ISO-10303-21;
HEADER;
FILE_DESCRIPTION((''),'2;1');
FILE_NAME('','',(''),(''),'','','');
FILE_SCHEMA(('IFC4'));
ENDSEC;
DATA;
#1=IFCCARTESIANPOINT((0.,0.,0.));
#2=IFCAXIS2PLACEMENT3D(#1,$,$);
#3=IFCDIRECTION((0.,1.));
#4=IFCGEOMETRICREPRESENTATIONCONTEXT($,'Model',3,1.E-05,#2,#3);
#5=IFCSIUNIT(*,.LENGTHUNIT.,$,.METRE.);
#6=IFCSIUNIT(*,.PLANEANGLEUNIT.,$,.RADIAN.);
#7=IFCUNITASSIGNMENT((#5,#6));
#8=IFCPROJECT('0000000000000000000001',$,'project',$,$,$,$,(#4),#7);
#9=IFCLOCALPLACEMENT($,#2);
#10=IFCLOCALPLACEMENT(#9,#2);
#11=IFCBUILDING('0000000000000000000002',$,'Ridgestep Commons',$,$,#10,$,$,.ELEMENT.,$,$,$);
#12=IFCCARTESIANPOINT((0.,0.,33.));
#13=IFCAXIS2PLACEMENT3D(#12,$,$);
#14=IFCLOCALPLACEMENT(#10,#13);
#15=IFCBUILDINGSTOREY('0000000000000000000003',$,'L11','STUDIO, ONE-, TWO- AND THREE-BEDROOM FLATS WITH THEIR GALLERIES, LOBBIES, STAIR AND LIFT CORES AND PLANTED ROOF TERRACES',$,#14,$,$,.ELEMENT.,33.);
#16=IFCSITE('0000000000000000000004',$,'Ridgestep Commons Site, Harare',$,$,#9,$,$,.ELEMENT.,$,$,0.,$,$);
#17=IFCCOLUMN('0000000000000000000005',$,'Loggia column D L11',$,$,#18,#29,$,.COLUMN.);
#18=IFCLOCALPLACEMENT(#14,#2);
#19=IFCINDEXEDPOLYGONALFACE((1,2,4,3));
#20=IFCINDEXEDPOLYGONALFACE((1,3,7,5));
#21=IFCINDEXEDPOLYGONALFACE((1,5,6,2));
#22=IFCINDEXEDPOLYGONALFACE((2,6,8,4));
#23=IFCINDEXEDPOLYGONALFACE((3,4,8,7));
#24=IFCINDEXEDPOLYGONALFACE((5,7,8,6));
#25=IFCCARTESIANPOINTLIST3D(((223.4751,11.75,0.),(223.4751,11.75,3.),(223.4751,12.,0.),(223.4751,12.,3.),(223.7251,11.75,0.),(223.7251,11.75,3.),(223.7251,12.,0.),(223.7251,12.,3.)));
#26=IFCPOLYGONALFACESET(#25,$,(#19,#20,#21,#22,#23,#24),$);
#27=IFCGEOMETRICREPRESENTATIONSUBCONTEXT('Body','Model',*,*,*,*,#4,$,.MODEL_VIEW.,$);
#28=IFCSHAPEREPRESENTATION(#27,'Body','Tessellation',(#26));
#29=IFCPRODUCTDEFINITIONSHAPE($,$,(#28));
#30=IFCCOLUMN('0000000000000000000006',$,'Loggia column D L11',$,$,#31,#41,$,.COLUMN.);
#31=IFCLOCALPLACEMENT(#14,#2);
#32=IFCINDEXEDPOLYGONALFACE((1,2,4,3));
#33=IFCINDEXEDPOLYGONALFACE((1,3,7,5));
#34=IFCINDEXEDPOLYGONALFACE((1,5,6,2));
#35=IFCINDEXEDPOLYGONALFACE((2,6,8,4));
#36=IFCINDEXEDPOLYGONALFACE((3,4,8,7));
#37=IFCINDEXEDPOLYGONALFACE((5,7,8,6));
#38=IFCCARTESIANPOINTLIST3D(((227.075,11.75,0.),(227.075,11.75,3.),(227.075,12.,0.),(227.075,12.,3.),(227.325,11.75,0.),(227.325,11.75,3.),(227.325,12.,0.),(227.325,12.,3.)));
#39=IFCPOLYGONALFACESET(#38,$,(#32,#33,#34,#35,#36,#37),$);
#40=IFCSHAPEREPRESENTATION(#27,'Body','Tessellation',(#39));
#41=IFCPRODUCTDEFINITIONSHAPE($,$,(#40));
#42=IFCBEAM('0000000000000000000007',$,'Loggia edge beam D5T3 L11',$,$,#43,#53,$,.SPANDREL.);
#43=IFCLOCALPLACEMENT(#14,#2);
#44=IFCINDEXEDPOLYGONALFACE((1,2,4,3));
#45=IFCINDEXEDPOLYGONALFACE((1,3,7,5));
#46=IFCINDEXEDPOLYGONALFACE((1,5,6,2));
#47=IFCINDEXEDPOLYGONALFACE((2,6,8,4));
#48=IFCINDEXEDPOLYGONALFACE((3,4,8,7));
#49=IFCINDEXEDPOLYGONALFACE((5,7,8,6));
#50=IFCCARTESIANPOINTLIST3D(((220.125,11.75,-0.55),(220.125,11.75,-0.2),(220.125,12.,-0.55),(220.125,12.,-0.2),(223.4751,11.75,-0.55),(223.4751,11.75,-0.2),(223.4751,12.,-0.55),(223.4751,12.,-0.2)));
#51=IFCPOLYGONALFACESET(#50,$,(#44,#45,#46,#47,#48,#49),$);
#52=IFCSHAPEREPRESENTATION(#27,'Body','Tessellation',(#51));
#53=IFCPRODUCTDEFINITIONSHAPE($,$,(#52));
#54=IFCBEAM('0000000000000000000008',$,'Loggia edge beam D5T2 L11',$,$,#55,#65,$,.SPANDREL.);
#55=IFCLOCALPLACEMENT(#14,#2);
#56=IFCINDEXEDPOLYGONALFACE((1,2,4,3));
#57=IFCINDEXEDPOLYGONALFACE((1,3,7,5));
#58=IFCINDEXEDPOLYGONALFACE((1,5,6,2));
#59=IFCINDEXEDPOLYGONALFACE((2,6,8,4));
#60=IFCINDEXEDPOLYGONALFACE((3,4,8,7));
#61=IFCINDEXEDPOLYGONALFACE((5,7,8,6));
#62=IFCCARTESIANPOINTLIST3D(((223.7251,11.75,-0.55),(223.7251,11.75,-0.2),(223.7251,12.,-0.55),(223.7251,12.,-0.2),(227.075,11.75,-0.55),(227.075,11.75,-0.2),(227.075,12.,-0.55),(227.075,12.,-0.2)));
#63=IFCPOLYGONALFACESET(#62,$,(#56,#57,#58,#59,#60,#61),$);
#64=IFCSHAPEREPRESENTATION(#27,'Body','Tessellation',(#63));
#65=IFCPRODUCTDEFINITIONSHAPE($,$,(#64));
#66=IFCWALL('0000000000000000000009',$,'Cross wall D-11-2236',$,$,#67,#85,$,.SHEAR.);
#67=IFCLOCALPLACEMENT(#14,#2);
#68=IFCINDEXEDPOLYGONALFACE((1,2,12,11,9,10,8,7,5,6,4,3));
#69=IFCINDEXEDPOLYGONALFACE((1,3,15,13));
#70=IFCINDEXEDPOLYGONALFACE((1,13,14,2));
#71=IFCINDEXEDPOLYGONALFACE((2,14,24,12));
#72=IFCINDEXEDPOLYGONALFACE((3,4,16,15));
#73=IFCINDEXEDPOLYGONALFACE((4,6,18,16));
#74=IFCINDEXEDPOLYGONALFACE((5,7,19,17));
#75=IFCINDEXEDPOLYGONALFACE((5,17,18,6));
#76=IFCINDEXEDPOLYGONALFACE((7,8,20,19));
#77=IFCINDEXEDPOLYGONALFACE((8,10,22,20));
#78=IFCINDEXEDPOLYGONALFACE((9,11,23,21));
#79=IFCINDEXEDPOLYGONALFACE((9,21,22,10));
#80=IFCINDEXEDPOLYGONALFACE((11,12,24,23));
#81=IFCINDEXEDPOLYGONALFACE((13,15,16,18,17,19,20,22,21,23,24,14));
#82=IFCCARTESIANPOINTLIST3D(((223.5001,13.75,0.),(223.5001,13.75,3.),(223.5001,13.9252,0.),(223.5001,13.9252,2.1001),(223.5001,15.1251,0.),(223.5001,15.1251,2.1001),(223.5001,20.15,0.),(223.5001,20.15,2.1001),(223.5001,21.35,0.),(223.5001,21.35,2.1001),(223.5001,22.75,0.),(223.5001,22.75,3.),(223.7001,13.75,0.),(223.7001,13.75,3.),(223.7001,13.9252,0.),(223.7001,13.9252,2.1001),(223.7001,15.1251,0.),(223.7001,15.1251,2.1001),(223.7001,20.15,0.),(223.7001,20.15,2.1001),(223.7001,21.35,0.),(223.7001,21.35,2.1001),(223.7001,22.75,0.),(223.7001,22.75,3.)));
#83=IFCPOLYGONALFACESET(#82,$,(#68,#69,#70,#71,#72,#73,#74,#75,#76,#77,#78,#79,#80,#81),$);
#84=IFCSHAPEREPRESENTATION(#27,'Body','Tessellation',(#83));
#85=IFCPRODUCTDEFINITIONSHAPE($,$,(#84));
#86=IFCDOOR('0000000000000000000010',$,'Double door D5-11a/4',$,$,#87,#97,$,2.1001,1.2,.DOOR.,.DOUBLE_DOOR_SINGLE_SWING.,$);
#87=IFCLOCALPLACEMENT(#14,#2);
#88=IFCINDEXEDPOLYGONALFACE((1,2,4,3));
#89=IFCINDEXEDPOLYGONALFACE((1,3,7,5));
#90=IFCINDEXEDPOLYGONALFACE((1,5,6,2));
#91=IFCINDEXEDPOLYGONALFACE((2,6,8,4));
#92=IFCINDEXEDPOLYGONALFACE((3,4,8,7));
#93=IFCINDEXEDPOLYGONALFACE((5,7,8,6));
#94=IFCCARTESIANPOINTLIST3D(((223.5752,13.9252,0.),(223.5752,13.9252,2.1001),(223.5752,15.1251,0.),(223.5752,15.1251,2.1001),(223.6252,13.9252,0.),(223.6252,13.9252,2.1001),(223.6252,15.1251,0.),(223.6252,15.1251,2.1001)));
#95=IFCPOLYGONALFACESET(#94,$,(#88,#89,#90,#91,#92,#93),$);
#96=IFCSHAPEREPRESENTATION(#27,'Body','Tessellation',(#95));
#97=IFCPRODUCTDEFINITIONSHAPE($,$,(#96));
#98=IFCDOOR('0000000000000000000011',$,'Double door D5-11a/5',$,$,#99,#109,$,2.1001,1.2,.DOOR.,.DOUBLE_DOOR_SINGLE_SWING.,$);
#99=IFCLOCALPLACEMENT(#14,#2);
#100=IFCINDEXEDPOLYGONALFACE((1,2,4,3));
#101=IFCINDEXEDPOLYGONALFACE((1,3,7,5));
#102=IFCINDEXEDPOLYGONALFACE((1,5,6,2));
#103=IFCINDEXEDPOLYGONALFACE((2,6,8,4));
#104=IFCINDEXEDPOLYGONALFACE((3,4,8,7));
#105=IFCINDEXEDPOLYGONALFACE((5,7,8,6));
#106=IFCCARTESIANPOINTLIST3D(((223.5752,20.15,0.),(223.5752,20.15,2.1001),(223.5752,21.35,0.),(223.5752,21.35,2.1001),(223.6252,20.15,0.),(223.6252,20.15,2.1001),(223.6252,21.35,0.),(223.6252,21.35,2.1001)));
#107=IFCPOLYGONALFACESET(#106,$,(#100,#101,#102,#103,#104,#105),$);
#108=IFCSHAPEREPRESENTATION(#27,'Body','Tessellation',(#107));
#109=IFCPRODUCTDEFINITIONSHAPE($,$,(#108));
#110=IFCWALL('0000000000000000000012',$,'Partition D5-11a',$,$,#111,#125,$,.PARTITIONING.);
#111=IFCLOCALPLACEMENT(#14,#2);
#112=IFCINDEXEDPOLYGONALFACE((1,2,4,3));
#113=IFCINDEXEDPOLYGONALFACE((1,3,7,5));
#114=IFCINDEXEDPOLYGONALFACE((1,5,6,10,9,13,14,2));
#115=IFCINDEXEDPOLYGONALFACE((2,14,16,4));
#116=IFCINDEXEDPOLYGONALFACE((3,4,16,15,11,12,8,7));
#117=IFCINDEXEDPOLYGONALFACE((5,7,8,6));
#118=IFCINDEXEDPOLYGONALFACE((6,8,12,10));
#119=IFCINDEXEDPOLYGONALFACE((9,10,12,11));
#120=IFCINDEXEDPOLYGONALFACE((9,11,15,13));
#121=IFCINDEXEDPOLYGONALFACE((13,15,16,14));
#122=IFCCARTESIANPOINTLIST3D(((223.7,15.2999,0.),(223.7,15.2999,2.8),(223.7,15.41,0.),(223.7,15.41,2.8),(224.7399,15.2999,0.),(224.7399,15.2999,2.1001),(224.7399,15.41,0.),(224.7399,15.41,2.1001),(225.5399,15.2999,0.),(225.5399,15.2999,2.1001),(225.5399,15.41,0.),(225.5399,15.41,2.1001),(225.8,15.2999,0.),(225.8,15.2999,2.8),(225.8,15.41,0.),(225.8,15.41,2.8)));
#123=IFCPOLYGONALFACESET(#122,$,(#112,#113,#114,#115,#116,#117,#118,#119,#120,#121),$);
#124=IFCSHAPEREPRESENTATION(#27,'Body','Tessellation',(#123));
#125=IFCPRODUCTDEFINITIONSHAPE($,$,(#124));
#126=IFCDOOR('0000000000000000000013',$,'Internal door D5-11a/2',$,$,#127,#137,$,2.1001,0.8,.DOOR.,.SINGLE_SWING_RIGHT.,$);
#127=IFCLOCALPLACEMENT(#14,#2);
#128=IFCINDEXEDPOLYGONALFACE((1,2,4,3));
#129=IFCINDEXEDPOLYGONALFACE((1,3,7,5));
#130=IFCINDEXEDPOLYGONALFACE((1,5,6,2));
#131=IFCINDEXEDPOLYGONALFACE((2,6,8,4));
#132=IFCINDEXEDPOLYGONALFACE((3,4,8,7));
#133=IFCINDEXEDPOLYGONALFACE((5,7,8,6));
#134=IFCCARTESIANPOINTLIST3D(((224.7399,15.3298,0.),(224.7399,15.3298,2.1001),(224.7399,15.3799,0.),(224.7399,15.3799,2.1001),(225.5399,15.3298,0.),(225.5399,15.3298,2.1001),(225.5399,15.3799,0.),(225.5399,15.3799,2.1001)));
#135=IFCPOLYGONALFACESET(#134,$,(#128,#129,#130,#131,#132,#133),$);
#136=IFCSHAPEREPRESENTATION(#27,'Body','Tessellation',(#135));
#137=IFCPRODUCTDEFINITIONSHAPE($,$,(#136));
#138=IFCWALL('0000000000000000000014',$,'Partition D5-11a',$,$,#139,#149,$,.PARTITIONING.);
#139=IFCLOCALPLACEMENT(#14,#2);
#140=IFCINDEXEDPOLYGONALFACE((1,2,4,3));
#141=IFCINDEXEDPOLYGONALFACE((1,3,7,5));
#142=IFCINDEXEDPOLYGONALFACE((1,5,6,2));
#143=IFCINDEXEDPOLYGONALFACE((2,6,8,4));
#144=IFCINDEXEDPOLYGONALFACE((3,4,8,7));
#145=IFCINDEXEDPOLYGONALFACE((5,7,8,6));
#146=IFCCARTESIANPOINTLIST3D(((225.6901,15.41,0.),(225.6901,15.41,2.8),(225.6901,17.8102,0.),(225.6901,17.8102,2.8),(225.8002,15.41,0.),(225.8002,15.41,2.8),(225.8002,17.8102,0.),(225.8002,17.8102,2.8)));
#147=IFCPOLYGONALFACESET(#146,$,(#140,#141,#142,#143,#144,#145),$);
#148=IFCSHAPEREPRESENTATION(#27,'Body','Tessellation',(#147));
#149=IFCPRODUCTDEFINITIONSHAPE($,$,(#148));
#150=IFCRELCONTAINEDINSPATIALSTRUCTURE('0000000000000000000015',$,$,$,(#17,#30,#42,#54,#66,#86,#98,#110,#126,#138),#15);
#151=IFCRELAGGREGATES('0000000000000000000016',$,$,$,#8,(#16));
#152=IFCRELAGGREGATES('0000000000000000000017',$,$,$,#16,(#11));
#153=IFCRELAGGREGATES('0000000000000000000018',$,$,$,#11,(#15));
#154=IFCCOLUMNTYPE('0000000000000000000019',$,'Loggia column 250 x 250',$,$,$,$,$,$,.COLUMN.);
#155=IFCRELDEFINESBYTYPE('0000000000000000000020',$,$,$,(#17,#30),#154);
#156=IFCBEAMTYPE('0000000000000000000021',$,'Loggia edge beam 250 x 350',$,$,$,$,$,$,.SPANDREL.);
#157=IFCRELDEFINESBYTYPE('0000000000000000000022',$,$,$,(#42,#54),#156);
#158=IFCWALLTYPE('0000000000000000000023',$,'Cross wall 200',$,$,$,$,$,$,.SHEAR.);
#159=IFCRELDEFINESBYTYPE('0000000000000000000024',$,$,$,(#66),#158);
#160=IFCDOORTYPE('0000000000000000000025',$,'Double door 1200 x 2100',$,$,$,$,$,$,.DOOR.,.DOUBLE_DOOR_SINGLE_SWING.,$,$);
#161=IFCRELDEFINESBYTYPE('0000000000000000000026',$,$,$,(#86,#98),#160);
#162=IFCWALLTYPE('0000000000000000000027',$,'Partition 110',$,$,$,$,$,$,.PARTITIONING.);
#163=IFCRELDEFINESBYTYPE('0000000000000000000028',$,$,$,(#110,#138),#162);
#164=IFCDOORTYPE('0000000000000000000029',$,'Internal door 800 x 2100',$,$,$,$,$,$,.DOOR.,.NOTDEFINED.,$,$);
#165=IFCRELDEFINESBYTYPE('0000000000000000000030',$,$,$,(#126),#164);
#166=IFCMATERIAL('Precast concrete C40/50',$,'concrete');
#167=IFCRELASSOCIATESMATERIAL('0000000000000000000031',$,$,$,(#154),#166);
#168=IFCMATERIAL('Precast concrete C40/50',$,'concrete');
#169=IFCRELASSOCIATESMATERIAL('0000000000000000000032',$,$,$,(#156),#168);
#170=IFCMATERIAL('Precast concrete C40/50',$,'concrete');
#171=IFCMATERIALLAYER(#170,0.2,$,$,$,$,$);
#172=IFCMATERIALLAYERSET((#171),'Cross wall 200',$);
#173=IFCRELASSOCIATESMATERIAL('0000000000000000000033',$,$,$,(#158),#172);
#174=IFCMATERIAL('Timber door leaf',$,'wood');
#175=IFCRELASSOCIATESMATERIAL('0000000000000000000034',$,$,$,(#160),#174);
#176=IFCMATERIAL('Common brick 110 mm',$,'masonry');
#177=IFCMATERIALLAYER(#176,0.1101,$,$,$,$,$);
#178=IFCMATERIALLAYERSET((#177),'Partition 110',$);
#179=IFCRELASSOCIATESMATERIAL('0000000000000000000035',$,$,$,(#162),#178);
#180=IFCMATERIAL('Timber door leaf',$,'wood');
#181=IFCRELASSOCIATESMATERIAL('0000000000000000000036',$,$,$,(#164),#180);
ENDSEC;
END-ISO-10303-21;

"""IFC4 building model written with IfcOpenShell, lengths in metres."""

from ifc_helpers import new_model, si_unit, direction, frame, frame_2d, origin, origin_2d, place, context, subcontext, project, spatial, rectangle, extrude, material, layer, layer_set, material_profile, profile_set, type_object, element, fill, save


model = new_model("IFC4")

# Units and contexts
model_context = context("Model", 3, precision=1e-05, world=origin(), true_north=direction((0.0, 1.0)))
body_context = subcontext(model_context, "Body", "Model", "MODEL_VIEW")
ifc_project = project(units=[si_unit("LENGTHUNIT", "METRE"), si_unit("PLANEANGLEUNIT", "RADIAN")], contexts=[model_context])

# Site, building, storey
site_placement = place(None, origin())
site = spatial("IfcSite", under=ifc_project, at=site_placement, Name="Ridgestep Commons Site, Harare", CompositionType="ELEMENT", RefElevation=0.0)
building_placement = place(site_placement, origin())
building = spatial("IfcBuilding", under=site, at=building_placement, Name="Ridgestep Commons", CompositionType="ELEMENT")
storey_placement = place(building_placement, frame((0.0, 0.0, 33.0)))
storey = spatial("IfcBuildingStorey", under=building, at=storey_placement, Name="L11", Description="STUDIO, ONE-, TWO- AND THREE-BEDROOM FLATS WITH THEIR GALLERIES, LOBBIES, STAIR AND LIFT CORES AND PLANTED ROOF TERRACES", CompositionType="ELEMENT", Elevation=33.0)

# Columns
ifc_material_1 = material(Name="Precast concrete C40/50", Category="concrete")
ifc_material_profile_1 = material_profile(ifc_material_1, rectangle(XDim=0.25, YDim=0.25, at=origin_2d()), Name="PC 250x250")
ifc_profile_set_1 = profile_set([ifc_material_profile_1], Name="Precast concrete C40/50")
column_type = type_object("IfcColumnType", Name="Loggia column 250 x 250", PredefinedType="COLUMN", material=ifc_profile_set_1)
for number, where, z_axis, x_axis, name in (
    (1, (223.6001, 11.875, 0.0), (0.0, 0.0, 1.0), (1.0, 0.0, 0.0), "Loggia column D L11"),
    (2, (227.2, 11.875, 0.0), (0.0, 0.0, 1.0), (1.0, 0.0, 0.0), "Loggia column D L11"),
):
    element("IfcColumn", number, at=place(storey_placement, frame(where, z_axis=z_axis, x_axis=x_axis)), inside=storey, type_object=column_type, Name=name, PredefinedType="COLUMN", context=body_context, shape_type="SweptSolid", body=[
        extrude(rectangle(XDim=0.25, YDim=0.25, at=origin_2d()), origin(), (0.0, 0.0, 1.0), 3.0),
    ])

# Beams
ifc_material_2 = material(Name="Precast concrete C40/50", Category="concrete")
ifc_material_profile_2 = material_profile(ifc_material_2, rectangle(XDim=0.25, YDim=0.3501, at=origin_2d()), Name="PC 250x350")
ifc_profile_set_2 = profile_set([ifc_material_profile_2], Name="Precast concrete C40/50")
beam_type = type_object("IfcBeamType", Name="Loggia edge beam 250 x 350", PredefinedType="SPANDREL", material=ifc_profile_set_2)
beam_1_placement = place(storey_placement, frame((220.125, 11.875, -0.375), z_axis=(1.0, 0.0, 0.0), x_axis=(0.0, 1.0, 0.0)))
element("IfcBeam", 3, at=beam_1_placement, inside=storey, type_object=beam_type, Name="Loggia edge beam D5T3 L11", PredefinedType="SPANDREL", context=body_context, shape_type="SweptSolid", body=[
    extrude(rectangle(XDim=0.25, YDim=0.3501, at=origin_2d()), origin(), (0.0, 0.0, 1.0), 3.3501),
])
beam_2_placement = place(storey_placement, frame((223.7251, 11.875, -0.375), z_axis=(1.0, 0.0, 0.0), x_axis=(0.0, 1.0, 0.0)))
element("IfcBeam", 4, at=beam_2_placement, inside=storey, type_object=beam_type, Name="Loggia edge beam D5T2 L11", PredefinedType="SPANDREL", context=body_context, shape_type="SweptSolid", body=[
    extrude(rectangle(XDim=0.25, YDim=0.3501, at=origin_2d()), origin(), (0.0, 0.0, 1.0), 3.3499),
])

# Wall, openings, doors
ifc_material_3 = material(Name="Precast concrete C40/50", Category="concrete")
ifc_layer_1 = layer(ifc_material_3, 0.2)
ifc_layer_set_1 = layer_set([ifc_layer_1], Name="Cross wall 200")
wall_type_1 = type_object("IfcWallType", Name="Cross wall 200", PredefinedType="SHEAR", material=ifc_layer_set_1)
wall_1_placement = place(storey_placement, frame((223.6001, 13.75, 0.0), z_axis=(0.0, 0.0, 1.0), x_axis=(0.0, 1.0, 0.0)))
wall_1 = element("IfcWall", 5, at=wall_1_placement, inside=storey, type_object=wall_type_1, Name="Cross wall D-11-2236", PredefinedType="SHEAR", context=body_context, shape_type="SweptSolid", body=[
    extrude(rectangle(XDim=9.0, YDim=0.2, at=frame_2d((4.5, 0.0))), origin(), (0.0, 0.0, 1.0), 3.0),
])
opening_1_placement = place(wall_1_placement, frame((0.175, 0.0, 0.0)))
opening_1 = element("IfcOpeningElement", 6, at=opening_1_placement, cuts=wall_1, PredefinedType="OPENING", context=body_context, shape_type="SweptSolid", body=[
    extrude(rectangle(XDim=1.2, YDim=2.1001, at=frame_2d((0.6001, 1.05))), frame((0.0, 0.1099, 0.0), z_axis=(0.0, -1.0, 0.0), x_axis=(1.0, 0.0, 0.0)), (0.0, 0.0, 1.0), 0.22),
])
opening_2_placement = place(wall_1_placement, frame((6.3999, 0.0, 0.0)))
opening_2 = element("IfcOpeningElement", 7, at=opening_2_placement, cuts=wall_1, PredefinedType="OPENING", context=body_context, shape_type="SweptSolid", body=[
    extrude(rectangle(XDim=1.2, YDim=2.1001, at=frame_2d((0.6001, 1.05))), frame((0.0, 0.1099, 0.0), z_axis=(0.0, -1.0, 0.0), x_axis=(1.0, 0.0, 0.0)), (0.0, 0.0, 1.0), 0.22),
])
ifc_material_4 = material(Name="Timber door leaf", Category="wood")
door_type_1 = type_object("IfcDoorType", Name="Double door 1200 x 2100", OperationType="DOUBLE_DOOR_SINGLE_SWING", PredefinedType="DOOR", material=ifc_material_4)
door_1_placement = place(opening_1_placement, origin())
door_1 = element("IfcDoor", 8, at=door_1_placement, inside=storey, type_object=door_type_1, Name="Double door D5-11a/4", OperationType="DOUBLE_DOOR_SINGLE_SWING", OverallHeight=2.1001, OverallWidth=1.2, PredefinedType="DOOR", context=body_context, shape_type="SweptSolid", body=[
    extrude(rectangle(XDim=1.2, YDim=2.1001, at=frame_2d((0.6001, 1.05))), frame((0.0, 0.0249, 0.0), z_axis=(0.0, -1.0, 0.0), x_axis=(1.0, 0.0, 0.0)), (0.0, 0.0, 1.0), 0.05),
])
fill(opening_1, door_1)
door_2_placement = place(opening_2_placement, origin())
door_2 = element("IfcDoor", 9, at=door_2_placement, inside=storey, type_object=door_type_1, Name="Double door D5-11a/5", OperationType="DOUBLE_DOOR_SINGLE_SWING", OverallHeight=2.1001, OverallWidth=1.2, PredefinedType="DOOR", context=body_context, shape_type="SweptSolid", body=[
    extrude(rectangle(XDim=1.2, YDim=2.1001, at=frame_2d((0.6001, 1.05))), frame((0.0, 0.0249, 0.0), z_axis=(0.0, -1.0, 0.0), x_axis=(1.0, 0.0, 0.0)), (0.0, 0.0, 1.0), 0.05),
])
fill(opening_2, door_2)

# Wall, opening, door
ifc_material_5 = material(Name="Common brick 110 mm", Category="masonry")
ifc_layer_2 = layer(ifc_material_5, 0.1101)
ifc_layer_set_2 = layer_set([ifc_layer_2], Name="Partition 110")
wall_type_2 = type_object("IfcWallType", Name="Partition 110", PredefinedType="PARTITIONING", material=ifc_layer_set_2)
wall_2_placement = place(storey_placement, frame((223.7, 15.355, 0.0), z_axis=(0.0, 0.0, 1.0), x_axis=(1.0, 0.0, 0.0)))
wall_2 = element("IfcWall", 10, at=wall_2_placement, inside=storey, type_object=wall_type_2, Name="Partition D5-11a", PredefinedType="PARTITIONING", context=body_context, shape_type="SweptSolid", body=[
    extrude(rectangle(XDim=2.1001, YDim=0.1101, at=frame_2d((1.05, 0.0))), origin(), (0.0, 0.0, 1.0), 2.8),
])
opening_3_placement = place(wall_2_placement, frame((1.04, 0.0, 0.0)))
opening_3 = element("IfcOpeningElement", 11, at=opening_3_placement, cuts=wall_2, PredefinedType="OPENING", context=body_context, shape_type="SweptSolid", body=[
    extrude(rectangle(XDim=0.8, YDim=2.1001, at=frame_2d((0.3999, 1.05))), frame((0.0, 0.0649, 0.0), z_axis=(0.0, -1.0, 0.0), x_axis=(1.0, 0.0, 0.0)), (0.0, 0.0, 1.0), 0.1301),
])
ifc_material_6 = material(Name="Timber door leaf", Category="wood")
door_type_2 = type_object("IfcDoorType", Name="Internal door 800 x 2100", OperationType="NOTDEFINED", PredefinedType="DOOR", material=ifc_material_6)
door_3_placement = place(opening_3_placement, origin())
door_3 = element("IfcDoor", 12, at=door_3_placement, inside=storey, type_object=door_type_2, Name="Internal door D5-11a/2", OperationType="SINGLE_SWING_RIGHT", OverallHeight=2.1001, OverallWidth=0.8, PredefinedType="DOOR", context=body_context, shape_type="SweptSolid", body=[
    extrude(rectangle(XDim=0.8, YDim=2.1001, at=frame_2d((0.3999, 1.05))), frame((0.0, 0.0249, 0.0), z_axis=(0.0, -1.0, 0.0), x_axis=(1.0, 0.0, 0.0)), (0.0, 0.0, 1.0), 0.05),
])
fill(opening_3, door_3)

# Wall
wall_3_placement = place(storey_placement, frame((225.7451, 15.4099, 0.0), z_axis=(0.0, 0.0, 1.0), x_axis=(0.0, 1.0, 0.0)))
element("IfcWall", 13, at=wall_3_placement, inside=storey, type_object=wall_type_2, Name="Partition D5-11a", PredefinedType="PARTITIONING", context=body_context, shape_type="SweptSolid", body=[
    extrude(rectangle(XDim=2.4001, YDim=0.1101, at=frame_2d((1.2002, 0.0))), origin(), (0.0, 0.0, 1.0), 2.8),
])

save(model, "model.ifc")
